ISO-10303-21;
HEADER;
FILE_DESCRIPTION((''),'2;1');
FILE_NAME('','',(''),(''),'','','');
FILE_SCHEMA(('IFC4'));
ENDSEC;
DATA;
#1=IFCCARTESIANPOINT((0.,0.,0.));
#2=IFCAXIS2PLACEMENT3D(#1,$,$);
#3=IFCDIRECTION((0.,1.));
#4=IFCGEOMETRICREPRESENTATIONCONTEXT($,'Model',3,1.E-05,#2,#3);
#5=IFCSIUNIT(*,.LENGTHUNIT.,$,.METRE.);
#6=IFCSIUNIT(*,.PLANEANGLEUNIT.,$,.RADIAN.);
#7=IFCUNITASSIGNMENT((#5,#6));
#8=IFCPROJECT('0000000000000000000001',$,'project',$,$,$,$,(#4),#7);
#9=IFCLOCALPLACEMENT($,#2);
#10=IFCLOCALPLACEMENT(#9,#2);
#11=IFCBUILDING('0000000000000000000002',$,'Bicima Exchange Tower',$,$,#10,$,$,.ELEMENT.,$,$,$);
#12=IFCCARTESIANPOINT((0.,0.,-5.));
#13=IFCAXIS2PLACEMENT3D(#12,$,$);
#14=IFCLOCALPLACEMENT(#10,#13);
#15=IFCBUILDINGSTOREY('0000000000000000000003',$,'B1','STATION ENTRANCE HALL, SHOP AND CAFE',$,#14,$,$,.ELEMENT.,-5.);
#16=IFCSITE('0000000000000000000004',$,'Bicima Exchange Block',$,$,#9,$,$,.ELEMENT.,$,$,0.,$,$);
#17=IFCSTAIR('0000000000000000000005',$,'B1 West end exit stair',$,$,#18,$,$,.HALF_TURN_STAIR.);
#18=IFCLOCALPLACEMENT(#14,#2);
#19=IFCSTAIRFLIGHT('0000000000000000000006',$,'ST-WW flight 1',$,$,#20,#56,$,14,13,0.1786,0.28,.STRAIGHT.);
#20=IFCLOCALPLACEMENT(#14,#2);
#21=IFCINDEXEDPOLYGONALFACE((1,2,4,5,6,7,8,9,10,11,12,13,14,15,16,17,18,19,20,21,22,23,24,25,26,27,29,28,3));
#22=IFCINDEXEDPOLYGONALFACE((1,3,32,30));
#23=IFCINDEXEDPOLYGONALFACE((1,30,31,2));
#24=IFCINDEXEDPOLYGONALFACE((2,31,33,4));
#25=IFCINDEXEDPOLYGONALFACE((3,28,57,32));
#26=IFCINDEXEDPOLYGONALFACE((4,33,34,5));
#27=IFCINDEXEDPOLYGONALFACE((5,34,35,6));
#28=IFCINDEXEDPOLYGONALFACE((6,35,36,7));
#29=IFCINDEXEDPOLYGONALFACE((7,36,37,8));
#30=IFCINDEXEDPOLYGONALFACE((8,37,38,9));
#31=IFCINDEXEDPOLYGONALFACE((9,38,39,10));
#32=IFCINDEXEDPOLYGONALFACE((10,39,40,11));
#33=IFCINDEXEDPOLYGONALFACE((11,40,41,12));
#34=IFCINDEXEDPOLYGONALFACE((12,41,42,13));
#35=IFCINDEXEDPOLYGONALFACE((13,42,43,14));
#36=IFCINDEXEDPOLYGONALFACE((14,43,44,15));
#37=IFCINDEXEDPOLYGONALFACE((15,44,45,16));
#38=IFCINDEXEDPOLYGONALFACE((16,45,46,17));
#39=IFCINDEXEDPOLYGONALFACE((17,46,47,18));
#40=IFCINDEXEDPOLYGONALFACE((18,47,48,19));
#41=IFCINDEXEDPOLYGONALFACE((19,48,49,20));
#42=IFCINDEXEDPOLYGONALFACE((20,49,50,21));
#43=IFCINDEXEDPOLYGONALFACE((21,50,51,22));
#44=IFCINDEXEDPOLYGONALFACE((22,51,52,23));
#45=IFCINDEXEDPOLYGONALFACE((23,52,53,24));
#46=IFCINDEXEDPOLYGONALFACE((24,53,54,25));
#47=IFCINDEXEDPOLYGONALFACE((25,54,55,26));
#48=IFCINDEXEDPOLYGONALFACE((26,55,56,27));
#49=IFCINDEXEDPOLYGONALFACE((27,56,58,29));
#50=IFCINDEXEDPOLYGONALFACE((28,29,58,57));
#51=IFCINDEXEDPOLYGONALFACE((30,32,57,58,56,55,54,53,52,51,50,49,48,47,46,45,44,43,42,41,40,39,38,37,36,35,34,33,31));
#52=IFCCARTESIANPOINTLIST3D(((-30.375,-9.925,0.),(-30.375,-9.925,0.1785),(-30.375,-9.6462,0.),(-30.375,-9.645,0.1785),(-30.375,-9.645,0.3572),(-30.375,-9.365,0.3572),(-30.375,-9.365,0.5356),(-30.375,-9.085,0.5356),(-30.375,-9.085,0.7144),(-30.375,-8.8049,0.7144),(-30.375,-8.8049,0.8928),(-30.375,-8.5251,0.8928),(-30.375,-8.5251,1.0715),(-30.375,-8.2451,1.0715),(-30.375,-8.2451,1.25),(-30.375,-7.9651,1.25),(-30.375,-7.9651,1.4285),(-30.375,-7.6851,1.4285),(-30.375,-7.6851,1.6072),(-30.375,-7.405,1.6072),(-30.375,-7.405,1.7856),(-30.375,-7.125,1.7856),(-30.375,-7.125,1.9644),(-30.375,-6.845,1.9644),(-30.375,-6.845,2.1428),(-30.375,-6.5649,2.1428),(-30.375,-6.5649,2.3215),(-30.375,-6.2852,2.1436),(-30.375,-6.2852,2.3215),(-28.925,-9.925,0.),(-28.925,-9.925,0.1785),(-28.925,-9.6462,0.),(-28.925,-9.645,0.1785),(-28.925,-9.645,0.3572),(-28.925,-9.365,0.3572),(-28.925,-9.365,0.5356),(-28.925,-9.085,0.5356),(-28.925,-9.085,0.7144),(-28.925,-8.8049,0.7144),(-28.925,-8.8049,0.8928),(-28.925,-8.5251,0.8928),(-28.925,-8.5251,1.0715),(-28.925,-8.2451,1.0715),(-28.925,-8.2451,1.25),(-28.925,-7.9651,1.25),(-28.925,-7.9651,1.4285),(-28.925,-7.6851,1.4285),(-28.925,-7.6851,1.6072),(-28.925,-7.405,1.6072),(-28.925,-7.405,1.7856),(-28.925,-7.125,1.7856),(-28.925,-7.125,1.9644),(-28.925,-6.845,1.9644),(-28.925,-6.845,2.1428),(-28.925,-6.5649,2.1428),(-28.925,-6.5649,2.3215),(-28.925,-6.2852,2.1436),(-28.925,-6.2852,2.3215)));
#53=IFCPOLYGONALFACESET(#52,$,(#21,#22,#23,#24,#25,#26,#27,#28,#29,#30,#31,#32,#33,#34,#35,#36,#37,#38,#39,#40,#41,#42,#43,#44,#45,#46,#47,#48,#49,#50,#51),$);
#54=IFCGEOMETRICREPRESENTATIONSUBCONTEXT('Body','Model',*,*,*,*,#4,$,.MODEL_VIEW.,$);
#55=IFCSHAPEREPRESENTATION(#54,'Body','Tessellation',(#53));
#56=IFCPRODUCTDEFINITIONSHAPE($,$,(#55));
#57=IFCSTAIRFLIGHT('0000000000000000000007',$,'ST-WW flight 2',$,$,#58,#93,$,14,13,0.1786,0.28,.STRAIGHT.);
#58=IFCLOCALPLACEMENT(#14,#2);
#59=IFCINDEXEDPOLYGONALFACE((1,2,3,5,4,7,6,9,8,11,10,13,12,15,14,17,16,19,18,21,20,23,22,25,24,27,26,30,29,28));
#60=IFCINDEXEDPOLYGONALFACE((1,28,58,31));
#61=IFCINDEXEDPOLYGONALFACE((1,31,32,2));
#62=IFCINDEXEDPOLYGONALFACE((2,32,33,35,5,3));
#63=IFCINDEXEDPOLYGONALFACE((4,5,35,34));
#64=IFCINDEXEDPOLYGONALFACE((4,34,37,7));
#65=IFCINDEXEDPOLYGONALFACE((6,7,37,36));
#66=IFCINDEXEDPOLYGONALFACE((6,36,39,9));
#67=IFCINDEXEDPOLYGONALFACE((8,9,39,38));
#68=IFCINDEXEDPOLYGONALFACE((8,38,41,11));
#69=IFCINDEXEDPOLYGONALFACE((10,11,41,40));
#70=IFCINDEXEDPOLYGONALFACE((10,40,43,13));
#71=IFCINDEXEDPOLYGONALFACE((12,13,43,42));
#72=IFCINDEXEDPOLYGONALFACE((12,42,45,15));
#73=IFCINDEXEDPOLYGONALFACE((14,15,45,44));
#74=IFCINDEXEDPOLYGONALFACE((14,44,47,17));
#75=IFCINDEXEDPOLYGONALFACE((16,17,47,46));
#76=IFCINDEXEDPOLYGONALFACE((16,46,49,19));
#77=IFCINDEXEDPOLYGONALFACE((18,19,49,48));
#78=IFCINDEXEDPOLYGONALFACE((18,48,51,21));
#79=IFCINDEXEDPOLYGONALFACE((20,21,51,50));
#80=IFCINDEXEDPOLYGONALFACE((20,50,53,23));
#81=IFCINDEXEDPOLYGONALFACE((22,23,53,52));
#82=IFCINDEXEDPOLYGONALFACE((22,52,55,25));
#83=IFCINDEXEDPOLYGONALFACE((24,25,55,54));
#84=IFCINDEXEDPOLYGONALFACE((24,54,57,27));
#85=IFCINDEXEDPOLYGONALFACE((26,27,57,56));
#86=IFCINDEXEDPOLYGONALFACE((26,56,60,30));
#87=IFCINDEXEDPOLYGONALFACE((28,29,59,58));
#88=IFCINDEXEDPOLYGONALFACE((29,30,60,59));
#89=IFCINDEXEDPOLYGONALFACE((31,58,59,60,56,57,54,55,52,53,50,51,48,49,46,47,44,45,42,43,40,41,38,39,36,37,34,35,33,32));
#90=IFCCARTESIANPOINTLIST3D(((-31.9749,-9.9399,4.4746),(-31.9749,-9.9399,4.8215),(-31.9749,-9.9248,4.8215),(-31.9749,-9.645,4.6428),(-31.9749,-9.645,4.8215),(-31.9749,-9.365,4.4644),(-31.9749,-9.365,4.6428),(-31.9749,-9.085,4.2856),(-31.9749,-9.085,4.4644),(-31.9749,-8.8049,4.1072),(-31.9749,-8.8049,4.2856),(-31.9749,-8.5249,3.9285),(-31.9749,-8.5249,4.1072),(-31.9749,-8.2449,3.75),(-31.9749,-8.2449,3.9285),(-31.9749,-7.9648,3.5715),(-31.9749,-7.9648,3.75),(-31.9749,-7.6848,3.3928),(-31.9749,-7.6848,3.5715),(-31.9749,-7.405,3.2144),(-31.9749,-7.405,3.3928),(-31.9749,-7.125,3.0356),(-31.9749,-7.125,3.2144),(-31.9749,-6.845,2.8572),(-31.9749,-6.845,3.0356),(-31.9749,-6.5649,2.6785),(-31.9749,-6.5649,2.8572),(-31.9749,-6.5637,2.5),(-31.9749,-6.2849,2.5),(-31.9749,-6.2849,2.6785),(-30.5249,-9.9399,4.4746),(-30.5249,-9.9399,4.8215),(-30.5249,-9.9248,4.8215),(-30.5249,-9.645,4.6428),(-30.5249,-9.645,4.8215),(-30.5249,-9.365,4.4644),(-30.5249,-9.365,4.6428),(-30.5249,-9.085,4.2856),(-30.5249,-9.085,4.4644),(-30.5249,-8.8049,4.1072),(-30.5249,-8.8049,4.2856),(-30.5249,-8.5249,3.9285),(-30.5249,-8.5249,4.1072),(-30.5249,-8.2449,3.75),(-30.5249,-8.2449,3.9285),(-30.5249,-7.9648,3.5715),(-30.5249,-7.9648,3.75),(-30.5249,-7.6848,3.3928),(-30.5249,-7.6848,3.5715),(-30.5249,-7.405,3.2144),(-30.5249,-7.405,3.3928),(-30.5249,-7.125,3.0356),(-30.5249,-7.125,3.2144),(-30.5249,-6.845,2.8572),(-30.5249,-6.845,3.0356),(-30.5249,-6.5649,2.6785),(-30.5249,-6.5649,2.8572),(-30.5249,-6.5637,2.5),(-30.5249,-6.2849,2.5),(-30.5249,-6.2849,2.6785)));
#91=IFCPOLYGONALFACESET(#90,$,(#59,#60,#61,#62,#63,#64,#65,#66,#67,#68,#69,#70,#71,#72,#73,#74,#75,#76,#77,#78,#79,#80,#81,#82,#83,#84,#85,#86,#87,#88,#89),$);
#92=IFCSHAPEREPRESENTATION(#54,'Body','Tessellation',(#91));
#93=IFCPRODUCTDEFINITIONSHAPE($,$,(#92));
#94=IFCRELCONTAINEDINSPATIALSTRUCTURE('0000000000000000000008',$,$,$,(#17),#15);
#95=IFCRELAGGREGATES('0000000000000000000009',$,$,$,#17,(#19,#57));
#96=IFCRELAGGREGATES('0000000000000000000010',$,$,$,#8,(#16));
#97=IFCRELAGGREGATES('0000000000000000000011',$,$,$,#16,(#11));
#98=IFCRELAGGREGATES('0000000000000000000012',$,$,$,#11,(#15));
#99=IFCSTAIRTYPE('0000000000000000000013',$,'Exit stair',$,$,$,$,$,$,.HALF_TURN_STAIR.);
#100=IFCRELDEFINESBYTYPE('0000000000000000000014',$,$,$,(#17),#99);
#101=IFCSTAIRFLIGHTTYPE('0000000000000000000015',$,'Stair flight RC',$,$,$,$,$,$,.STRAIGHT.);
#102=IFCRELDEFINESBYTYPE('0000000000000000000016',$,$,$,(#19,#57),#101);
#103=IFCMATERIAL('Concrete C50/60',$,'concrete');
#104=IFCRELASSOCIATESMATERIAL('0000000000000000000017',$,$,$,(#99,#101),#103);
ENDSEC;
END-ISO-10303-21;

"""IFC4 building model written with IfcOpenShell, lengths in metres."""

from ifc_helpers import new_model, si_unit, direction, frame, origin, place, context, subcontext, project, spatial, polyline, outline, extrude, material, type_object, element, aggregate, save


model = new_model("IFC4")

# Units and contexts
model_context = context("Model", 3, precision=1e-05, world=origin(), true_north=direction((0.0, 1.0)))
body_context = subcontext(model_context, "Body", "Model", "MODEL_VIEW")
ifc_project = project(units=[si_unit("LENGTHUNIT", "METRE"), si_unit("PLANEANGLEUNIT", "RADIAN")], contexts=[model_context])

# Site, building, storey
site_placement = place(None, origin())
site = spatial("IfcSite", under=ifc_project, at=site_placement, Name="Bicima Exchange Block", CompositionType="ELEMENT", RefElevation=0.0)
building_placement = place(site_placement, origin())
building = spatial("IfcBuilding", under=site, at=building_placement, Name="Bicima Exchange Tower", CompositionType="ELEMENT")
storey_placement = place(building_placement, frame((0.0, 0.0, -5.0)))
storey = spatial("IfcBuildingStorey", under=building, at=storey_placement, Name="B1", Description="STATION ENTRANCE HALL, SHOP AND CAFE", CompositionType="ELEMENT", Elevation=-5.0)

# Shared definitions
ifc_material_1 = material(Name="Concrete C50/60", Category="concrete")

# Stair, stair flights
stair_type = type_object("IfcStairType", Name="Exit stair", PredefinedType="HALF_TURN_STAIR", material=ifc_material_1)
stair_placement = place(storey_placement, origin())
stair = element("IfcStair", 1, at=stair_placement, inside=storey, type_object=stair_type, Name="B1 West end exit stair", PredefinedType="HALF_TURN_STAIR")
stair_flight_type = type_object("IfcStairFlightType", Name="Stair flight RC", PredefinedType="STRAIGHT", material=ifc_material_1)
stair_flight_1_placement = place(storey_placement, frame((-29.6499, -9.925, 0.0), z_axis=(0.0, 0.0, 1.0), x_axis=(0.0, 1.0, 0.0)))
stair_flight_1 = element("IfcStairFlight", 2, at=stair_flight_1_placement, type_object=stair_flight_type, Name="ST-WW flight 1", NumberOfRisers=14, NumberOfTreads=13, PredefinedType="STRAIGHT", RiserHeight=0.1786, TreadLength=0.28, context=body_context, shape_type="SweptSolid", body=[
    extrude(outline(polyline([(0.0, 0.0), (0.0, 0.1785), (0.28, 0.1785), (0.28, 0.3572), (0.5601, 0.3572), (0.5601, 0.5356), (0.8401, 0.5356), (0.8401, 0.7144), (1.1201, 0.7144), (1.1201, 0.8928), (1.3999, 0.8928), (1.3999, 1.0715), (1.6799, 1.0715), (1.6799, 1.25), (1.96, 1.25), (1.96, 1.4285), (2.24, 1.4285), (2.24, 1.6072), (2.52, 1.6072), (2.52, 1.7856), (2.8, 1.7856), (2.8, 1.9644), (3.0801, 1.9644), (3.0801, 2.1428), (3.3601, 2.1428), (3.3601, 2.3215), (3.6399, 2.3215), (3.6399, 2.5), (3.6399, 2.1436), (0.2788, 0.0), (0.0, 0.0)])), frame((0.0, 0.7251, 0.0), z_axis=(0.0, -1.0, 0.0), x_axis=(1.0, 0.0, 0.0)), (0.0, 0.0, 1.0), 1.45),
])
stair_flight_2_placement = place(storey_placement, frame((-31.25, -6.2849, 2.5), z_axis=(0.0, 0.0, 1.0), x_axis=(0.0, -1.0, 0.0)))
stair_flight_2 = element("IfcStairFlight", 3, at=stair_flight_2_placement, type_object=stair_flight_type, Name="ST-WW flight 2", NumberOfRisers=14, NumberOfTreads=13, PredefinedType="STRAIGHT", RiserHeight=0.1786, TreadLength=0.28, context=body_context, shape_type="SweptSolid", body=[
    extrude(outline(polyline([(0.0, 0.0), (0.0, 0.1785), (0.28, 0.1785), (0.28, 0.3572), (0.5601, 0.3572), (0.5601, 0.5356), (0.8401, 0.5356), (0.8401, 0.7144), (1.1201, 0.7144), (1.1201, 0.8928), (1.3999, 0.8928), (1.3999, 1.0715), (1.6799, 1.0715), (1.6799, 1.25), (1.96, 1.25), (1.96, 1.4285), (2.24, 1.4285), (2.24, 1.6072), (2.52, 1.6072), (2.52, 1.7856), (2.8, 1.7856), (2.8, 1.9644), (3.0801, 1.9644), (3.0801, 2.1428), (3.3601, 2.1428), (3.3601, 2.3215), (3.6399, 2.3215), (3.655, 2.3215), (3.655, 1.9746), (0.2788, 0.0), (0.0, 0.0)])), frame((0.0, 0.7251, 0.0), z_axis=(0.0, -1.0, 0.0), x_axis=(1.0, 0.0, 0.0)), (0.0, 0.0, 1.0), 1.45),
])
aggregate(stair, [stair_flight_1, stair_flight_2])

save(model, "model.ifc")
